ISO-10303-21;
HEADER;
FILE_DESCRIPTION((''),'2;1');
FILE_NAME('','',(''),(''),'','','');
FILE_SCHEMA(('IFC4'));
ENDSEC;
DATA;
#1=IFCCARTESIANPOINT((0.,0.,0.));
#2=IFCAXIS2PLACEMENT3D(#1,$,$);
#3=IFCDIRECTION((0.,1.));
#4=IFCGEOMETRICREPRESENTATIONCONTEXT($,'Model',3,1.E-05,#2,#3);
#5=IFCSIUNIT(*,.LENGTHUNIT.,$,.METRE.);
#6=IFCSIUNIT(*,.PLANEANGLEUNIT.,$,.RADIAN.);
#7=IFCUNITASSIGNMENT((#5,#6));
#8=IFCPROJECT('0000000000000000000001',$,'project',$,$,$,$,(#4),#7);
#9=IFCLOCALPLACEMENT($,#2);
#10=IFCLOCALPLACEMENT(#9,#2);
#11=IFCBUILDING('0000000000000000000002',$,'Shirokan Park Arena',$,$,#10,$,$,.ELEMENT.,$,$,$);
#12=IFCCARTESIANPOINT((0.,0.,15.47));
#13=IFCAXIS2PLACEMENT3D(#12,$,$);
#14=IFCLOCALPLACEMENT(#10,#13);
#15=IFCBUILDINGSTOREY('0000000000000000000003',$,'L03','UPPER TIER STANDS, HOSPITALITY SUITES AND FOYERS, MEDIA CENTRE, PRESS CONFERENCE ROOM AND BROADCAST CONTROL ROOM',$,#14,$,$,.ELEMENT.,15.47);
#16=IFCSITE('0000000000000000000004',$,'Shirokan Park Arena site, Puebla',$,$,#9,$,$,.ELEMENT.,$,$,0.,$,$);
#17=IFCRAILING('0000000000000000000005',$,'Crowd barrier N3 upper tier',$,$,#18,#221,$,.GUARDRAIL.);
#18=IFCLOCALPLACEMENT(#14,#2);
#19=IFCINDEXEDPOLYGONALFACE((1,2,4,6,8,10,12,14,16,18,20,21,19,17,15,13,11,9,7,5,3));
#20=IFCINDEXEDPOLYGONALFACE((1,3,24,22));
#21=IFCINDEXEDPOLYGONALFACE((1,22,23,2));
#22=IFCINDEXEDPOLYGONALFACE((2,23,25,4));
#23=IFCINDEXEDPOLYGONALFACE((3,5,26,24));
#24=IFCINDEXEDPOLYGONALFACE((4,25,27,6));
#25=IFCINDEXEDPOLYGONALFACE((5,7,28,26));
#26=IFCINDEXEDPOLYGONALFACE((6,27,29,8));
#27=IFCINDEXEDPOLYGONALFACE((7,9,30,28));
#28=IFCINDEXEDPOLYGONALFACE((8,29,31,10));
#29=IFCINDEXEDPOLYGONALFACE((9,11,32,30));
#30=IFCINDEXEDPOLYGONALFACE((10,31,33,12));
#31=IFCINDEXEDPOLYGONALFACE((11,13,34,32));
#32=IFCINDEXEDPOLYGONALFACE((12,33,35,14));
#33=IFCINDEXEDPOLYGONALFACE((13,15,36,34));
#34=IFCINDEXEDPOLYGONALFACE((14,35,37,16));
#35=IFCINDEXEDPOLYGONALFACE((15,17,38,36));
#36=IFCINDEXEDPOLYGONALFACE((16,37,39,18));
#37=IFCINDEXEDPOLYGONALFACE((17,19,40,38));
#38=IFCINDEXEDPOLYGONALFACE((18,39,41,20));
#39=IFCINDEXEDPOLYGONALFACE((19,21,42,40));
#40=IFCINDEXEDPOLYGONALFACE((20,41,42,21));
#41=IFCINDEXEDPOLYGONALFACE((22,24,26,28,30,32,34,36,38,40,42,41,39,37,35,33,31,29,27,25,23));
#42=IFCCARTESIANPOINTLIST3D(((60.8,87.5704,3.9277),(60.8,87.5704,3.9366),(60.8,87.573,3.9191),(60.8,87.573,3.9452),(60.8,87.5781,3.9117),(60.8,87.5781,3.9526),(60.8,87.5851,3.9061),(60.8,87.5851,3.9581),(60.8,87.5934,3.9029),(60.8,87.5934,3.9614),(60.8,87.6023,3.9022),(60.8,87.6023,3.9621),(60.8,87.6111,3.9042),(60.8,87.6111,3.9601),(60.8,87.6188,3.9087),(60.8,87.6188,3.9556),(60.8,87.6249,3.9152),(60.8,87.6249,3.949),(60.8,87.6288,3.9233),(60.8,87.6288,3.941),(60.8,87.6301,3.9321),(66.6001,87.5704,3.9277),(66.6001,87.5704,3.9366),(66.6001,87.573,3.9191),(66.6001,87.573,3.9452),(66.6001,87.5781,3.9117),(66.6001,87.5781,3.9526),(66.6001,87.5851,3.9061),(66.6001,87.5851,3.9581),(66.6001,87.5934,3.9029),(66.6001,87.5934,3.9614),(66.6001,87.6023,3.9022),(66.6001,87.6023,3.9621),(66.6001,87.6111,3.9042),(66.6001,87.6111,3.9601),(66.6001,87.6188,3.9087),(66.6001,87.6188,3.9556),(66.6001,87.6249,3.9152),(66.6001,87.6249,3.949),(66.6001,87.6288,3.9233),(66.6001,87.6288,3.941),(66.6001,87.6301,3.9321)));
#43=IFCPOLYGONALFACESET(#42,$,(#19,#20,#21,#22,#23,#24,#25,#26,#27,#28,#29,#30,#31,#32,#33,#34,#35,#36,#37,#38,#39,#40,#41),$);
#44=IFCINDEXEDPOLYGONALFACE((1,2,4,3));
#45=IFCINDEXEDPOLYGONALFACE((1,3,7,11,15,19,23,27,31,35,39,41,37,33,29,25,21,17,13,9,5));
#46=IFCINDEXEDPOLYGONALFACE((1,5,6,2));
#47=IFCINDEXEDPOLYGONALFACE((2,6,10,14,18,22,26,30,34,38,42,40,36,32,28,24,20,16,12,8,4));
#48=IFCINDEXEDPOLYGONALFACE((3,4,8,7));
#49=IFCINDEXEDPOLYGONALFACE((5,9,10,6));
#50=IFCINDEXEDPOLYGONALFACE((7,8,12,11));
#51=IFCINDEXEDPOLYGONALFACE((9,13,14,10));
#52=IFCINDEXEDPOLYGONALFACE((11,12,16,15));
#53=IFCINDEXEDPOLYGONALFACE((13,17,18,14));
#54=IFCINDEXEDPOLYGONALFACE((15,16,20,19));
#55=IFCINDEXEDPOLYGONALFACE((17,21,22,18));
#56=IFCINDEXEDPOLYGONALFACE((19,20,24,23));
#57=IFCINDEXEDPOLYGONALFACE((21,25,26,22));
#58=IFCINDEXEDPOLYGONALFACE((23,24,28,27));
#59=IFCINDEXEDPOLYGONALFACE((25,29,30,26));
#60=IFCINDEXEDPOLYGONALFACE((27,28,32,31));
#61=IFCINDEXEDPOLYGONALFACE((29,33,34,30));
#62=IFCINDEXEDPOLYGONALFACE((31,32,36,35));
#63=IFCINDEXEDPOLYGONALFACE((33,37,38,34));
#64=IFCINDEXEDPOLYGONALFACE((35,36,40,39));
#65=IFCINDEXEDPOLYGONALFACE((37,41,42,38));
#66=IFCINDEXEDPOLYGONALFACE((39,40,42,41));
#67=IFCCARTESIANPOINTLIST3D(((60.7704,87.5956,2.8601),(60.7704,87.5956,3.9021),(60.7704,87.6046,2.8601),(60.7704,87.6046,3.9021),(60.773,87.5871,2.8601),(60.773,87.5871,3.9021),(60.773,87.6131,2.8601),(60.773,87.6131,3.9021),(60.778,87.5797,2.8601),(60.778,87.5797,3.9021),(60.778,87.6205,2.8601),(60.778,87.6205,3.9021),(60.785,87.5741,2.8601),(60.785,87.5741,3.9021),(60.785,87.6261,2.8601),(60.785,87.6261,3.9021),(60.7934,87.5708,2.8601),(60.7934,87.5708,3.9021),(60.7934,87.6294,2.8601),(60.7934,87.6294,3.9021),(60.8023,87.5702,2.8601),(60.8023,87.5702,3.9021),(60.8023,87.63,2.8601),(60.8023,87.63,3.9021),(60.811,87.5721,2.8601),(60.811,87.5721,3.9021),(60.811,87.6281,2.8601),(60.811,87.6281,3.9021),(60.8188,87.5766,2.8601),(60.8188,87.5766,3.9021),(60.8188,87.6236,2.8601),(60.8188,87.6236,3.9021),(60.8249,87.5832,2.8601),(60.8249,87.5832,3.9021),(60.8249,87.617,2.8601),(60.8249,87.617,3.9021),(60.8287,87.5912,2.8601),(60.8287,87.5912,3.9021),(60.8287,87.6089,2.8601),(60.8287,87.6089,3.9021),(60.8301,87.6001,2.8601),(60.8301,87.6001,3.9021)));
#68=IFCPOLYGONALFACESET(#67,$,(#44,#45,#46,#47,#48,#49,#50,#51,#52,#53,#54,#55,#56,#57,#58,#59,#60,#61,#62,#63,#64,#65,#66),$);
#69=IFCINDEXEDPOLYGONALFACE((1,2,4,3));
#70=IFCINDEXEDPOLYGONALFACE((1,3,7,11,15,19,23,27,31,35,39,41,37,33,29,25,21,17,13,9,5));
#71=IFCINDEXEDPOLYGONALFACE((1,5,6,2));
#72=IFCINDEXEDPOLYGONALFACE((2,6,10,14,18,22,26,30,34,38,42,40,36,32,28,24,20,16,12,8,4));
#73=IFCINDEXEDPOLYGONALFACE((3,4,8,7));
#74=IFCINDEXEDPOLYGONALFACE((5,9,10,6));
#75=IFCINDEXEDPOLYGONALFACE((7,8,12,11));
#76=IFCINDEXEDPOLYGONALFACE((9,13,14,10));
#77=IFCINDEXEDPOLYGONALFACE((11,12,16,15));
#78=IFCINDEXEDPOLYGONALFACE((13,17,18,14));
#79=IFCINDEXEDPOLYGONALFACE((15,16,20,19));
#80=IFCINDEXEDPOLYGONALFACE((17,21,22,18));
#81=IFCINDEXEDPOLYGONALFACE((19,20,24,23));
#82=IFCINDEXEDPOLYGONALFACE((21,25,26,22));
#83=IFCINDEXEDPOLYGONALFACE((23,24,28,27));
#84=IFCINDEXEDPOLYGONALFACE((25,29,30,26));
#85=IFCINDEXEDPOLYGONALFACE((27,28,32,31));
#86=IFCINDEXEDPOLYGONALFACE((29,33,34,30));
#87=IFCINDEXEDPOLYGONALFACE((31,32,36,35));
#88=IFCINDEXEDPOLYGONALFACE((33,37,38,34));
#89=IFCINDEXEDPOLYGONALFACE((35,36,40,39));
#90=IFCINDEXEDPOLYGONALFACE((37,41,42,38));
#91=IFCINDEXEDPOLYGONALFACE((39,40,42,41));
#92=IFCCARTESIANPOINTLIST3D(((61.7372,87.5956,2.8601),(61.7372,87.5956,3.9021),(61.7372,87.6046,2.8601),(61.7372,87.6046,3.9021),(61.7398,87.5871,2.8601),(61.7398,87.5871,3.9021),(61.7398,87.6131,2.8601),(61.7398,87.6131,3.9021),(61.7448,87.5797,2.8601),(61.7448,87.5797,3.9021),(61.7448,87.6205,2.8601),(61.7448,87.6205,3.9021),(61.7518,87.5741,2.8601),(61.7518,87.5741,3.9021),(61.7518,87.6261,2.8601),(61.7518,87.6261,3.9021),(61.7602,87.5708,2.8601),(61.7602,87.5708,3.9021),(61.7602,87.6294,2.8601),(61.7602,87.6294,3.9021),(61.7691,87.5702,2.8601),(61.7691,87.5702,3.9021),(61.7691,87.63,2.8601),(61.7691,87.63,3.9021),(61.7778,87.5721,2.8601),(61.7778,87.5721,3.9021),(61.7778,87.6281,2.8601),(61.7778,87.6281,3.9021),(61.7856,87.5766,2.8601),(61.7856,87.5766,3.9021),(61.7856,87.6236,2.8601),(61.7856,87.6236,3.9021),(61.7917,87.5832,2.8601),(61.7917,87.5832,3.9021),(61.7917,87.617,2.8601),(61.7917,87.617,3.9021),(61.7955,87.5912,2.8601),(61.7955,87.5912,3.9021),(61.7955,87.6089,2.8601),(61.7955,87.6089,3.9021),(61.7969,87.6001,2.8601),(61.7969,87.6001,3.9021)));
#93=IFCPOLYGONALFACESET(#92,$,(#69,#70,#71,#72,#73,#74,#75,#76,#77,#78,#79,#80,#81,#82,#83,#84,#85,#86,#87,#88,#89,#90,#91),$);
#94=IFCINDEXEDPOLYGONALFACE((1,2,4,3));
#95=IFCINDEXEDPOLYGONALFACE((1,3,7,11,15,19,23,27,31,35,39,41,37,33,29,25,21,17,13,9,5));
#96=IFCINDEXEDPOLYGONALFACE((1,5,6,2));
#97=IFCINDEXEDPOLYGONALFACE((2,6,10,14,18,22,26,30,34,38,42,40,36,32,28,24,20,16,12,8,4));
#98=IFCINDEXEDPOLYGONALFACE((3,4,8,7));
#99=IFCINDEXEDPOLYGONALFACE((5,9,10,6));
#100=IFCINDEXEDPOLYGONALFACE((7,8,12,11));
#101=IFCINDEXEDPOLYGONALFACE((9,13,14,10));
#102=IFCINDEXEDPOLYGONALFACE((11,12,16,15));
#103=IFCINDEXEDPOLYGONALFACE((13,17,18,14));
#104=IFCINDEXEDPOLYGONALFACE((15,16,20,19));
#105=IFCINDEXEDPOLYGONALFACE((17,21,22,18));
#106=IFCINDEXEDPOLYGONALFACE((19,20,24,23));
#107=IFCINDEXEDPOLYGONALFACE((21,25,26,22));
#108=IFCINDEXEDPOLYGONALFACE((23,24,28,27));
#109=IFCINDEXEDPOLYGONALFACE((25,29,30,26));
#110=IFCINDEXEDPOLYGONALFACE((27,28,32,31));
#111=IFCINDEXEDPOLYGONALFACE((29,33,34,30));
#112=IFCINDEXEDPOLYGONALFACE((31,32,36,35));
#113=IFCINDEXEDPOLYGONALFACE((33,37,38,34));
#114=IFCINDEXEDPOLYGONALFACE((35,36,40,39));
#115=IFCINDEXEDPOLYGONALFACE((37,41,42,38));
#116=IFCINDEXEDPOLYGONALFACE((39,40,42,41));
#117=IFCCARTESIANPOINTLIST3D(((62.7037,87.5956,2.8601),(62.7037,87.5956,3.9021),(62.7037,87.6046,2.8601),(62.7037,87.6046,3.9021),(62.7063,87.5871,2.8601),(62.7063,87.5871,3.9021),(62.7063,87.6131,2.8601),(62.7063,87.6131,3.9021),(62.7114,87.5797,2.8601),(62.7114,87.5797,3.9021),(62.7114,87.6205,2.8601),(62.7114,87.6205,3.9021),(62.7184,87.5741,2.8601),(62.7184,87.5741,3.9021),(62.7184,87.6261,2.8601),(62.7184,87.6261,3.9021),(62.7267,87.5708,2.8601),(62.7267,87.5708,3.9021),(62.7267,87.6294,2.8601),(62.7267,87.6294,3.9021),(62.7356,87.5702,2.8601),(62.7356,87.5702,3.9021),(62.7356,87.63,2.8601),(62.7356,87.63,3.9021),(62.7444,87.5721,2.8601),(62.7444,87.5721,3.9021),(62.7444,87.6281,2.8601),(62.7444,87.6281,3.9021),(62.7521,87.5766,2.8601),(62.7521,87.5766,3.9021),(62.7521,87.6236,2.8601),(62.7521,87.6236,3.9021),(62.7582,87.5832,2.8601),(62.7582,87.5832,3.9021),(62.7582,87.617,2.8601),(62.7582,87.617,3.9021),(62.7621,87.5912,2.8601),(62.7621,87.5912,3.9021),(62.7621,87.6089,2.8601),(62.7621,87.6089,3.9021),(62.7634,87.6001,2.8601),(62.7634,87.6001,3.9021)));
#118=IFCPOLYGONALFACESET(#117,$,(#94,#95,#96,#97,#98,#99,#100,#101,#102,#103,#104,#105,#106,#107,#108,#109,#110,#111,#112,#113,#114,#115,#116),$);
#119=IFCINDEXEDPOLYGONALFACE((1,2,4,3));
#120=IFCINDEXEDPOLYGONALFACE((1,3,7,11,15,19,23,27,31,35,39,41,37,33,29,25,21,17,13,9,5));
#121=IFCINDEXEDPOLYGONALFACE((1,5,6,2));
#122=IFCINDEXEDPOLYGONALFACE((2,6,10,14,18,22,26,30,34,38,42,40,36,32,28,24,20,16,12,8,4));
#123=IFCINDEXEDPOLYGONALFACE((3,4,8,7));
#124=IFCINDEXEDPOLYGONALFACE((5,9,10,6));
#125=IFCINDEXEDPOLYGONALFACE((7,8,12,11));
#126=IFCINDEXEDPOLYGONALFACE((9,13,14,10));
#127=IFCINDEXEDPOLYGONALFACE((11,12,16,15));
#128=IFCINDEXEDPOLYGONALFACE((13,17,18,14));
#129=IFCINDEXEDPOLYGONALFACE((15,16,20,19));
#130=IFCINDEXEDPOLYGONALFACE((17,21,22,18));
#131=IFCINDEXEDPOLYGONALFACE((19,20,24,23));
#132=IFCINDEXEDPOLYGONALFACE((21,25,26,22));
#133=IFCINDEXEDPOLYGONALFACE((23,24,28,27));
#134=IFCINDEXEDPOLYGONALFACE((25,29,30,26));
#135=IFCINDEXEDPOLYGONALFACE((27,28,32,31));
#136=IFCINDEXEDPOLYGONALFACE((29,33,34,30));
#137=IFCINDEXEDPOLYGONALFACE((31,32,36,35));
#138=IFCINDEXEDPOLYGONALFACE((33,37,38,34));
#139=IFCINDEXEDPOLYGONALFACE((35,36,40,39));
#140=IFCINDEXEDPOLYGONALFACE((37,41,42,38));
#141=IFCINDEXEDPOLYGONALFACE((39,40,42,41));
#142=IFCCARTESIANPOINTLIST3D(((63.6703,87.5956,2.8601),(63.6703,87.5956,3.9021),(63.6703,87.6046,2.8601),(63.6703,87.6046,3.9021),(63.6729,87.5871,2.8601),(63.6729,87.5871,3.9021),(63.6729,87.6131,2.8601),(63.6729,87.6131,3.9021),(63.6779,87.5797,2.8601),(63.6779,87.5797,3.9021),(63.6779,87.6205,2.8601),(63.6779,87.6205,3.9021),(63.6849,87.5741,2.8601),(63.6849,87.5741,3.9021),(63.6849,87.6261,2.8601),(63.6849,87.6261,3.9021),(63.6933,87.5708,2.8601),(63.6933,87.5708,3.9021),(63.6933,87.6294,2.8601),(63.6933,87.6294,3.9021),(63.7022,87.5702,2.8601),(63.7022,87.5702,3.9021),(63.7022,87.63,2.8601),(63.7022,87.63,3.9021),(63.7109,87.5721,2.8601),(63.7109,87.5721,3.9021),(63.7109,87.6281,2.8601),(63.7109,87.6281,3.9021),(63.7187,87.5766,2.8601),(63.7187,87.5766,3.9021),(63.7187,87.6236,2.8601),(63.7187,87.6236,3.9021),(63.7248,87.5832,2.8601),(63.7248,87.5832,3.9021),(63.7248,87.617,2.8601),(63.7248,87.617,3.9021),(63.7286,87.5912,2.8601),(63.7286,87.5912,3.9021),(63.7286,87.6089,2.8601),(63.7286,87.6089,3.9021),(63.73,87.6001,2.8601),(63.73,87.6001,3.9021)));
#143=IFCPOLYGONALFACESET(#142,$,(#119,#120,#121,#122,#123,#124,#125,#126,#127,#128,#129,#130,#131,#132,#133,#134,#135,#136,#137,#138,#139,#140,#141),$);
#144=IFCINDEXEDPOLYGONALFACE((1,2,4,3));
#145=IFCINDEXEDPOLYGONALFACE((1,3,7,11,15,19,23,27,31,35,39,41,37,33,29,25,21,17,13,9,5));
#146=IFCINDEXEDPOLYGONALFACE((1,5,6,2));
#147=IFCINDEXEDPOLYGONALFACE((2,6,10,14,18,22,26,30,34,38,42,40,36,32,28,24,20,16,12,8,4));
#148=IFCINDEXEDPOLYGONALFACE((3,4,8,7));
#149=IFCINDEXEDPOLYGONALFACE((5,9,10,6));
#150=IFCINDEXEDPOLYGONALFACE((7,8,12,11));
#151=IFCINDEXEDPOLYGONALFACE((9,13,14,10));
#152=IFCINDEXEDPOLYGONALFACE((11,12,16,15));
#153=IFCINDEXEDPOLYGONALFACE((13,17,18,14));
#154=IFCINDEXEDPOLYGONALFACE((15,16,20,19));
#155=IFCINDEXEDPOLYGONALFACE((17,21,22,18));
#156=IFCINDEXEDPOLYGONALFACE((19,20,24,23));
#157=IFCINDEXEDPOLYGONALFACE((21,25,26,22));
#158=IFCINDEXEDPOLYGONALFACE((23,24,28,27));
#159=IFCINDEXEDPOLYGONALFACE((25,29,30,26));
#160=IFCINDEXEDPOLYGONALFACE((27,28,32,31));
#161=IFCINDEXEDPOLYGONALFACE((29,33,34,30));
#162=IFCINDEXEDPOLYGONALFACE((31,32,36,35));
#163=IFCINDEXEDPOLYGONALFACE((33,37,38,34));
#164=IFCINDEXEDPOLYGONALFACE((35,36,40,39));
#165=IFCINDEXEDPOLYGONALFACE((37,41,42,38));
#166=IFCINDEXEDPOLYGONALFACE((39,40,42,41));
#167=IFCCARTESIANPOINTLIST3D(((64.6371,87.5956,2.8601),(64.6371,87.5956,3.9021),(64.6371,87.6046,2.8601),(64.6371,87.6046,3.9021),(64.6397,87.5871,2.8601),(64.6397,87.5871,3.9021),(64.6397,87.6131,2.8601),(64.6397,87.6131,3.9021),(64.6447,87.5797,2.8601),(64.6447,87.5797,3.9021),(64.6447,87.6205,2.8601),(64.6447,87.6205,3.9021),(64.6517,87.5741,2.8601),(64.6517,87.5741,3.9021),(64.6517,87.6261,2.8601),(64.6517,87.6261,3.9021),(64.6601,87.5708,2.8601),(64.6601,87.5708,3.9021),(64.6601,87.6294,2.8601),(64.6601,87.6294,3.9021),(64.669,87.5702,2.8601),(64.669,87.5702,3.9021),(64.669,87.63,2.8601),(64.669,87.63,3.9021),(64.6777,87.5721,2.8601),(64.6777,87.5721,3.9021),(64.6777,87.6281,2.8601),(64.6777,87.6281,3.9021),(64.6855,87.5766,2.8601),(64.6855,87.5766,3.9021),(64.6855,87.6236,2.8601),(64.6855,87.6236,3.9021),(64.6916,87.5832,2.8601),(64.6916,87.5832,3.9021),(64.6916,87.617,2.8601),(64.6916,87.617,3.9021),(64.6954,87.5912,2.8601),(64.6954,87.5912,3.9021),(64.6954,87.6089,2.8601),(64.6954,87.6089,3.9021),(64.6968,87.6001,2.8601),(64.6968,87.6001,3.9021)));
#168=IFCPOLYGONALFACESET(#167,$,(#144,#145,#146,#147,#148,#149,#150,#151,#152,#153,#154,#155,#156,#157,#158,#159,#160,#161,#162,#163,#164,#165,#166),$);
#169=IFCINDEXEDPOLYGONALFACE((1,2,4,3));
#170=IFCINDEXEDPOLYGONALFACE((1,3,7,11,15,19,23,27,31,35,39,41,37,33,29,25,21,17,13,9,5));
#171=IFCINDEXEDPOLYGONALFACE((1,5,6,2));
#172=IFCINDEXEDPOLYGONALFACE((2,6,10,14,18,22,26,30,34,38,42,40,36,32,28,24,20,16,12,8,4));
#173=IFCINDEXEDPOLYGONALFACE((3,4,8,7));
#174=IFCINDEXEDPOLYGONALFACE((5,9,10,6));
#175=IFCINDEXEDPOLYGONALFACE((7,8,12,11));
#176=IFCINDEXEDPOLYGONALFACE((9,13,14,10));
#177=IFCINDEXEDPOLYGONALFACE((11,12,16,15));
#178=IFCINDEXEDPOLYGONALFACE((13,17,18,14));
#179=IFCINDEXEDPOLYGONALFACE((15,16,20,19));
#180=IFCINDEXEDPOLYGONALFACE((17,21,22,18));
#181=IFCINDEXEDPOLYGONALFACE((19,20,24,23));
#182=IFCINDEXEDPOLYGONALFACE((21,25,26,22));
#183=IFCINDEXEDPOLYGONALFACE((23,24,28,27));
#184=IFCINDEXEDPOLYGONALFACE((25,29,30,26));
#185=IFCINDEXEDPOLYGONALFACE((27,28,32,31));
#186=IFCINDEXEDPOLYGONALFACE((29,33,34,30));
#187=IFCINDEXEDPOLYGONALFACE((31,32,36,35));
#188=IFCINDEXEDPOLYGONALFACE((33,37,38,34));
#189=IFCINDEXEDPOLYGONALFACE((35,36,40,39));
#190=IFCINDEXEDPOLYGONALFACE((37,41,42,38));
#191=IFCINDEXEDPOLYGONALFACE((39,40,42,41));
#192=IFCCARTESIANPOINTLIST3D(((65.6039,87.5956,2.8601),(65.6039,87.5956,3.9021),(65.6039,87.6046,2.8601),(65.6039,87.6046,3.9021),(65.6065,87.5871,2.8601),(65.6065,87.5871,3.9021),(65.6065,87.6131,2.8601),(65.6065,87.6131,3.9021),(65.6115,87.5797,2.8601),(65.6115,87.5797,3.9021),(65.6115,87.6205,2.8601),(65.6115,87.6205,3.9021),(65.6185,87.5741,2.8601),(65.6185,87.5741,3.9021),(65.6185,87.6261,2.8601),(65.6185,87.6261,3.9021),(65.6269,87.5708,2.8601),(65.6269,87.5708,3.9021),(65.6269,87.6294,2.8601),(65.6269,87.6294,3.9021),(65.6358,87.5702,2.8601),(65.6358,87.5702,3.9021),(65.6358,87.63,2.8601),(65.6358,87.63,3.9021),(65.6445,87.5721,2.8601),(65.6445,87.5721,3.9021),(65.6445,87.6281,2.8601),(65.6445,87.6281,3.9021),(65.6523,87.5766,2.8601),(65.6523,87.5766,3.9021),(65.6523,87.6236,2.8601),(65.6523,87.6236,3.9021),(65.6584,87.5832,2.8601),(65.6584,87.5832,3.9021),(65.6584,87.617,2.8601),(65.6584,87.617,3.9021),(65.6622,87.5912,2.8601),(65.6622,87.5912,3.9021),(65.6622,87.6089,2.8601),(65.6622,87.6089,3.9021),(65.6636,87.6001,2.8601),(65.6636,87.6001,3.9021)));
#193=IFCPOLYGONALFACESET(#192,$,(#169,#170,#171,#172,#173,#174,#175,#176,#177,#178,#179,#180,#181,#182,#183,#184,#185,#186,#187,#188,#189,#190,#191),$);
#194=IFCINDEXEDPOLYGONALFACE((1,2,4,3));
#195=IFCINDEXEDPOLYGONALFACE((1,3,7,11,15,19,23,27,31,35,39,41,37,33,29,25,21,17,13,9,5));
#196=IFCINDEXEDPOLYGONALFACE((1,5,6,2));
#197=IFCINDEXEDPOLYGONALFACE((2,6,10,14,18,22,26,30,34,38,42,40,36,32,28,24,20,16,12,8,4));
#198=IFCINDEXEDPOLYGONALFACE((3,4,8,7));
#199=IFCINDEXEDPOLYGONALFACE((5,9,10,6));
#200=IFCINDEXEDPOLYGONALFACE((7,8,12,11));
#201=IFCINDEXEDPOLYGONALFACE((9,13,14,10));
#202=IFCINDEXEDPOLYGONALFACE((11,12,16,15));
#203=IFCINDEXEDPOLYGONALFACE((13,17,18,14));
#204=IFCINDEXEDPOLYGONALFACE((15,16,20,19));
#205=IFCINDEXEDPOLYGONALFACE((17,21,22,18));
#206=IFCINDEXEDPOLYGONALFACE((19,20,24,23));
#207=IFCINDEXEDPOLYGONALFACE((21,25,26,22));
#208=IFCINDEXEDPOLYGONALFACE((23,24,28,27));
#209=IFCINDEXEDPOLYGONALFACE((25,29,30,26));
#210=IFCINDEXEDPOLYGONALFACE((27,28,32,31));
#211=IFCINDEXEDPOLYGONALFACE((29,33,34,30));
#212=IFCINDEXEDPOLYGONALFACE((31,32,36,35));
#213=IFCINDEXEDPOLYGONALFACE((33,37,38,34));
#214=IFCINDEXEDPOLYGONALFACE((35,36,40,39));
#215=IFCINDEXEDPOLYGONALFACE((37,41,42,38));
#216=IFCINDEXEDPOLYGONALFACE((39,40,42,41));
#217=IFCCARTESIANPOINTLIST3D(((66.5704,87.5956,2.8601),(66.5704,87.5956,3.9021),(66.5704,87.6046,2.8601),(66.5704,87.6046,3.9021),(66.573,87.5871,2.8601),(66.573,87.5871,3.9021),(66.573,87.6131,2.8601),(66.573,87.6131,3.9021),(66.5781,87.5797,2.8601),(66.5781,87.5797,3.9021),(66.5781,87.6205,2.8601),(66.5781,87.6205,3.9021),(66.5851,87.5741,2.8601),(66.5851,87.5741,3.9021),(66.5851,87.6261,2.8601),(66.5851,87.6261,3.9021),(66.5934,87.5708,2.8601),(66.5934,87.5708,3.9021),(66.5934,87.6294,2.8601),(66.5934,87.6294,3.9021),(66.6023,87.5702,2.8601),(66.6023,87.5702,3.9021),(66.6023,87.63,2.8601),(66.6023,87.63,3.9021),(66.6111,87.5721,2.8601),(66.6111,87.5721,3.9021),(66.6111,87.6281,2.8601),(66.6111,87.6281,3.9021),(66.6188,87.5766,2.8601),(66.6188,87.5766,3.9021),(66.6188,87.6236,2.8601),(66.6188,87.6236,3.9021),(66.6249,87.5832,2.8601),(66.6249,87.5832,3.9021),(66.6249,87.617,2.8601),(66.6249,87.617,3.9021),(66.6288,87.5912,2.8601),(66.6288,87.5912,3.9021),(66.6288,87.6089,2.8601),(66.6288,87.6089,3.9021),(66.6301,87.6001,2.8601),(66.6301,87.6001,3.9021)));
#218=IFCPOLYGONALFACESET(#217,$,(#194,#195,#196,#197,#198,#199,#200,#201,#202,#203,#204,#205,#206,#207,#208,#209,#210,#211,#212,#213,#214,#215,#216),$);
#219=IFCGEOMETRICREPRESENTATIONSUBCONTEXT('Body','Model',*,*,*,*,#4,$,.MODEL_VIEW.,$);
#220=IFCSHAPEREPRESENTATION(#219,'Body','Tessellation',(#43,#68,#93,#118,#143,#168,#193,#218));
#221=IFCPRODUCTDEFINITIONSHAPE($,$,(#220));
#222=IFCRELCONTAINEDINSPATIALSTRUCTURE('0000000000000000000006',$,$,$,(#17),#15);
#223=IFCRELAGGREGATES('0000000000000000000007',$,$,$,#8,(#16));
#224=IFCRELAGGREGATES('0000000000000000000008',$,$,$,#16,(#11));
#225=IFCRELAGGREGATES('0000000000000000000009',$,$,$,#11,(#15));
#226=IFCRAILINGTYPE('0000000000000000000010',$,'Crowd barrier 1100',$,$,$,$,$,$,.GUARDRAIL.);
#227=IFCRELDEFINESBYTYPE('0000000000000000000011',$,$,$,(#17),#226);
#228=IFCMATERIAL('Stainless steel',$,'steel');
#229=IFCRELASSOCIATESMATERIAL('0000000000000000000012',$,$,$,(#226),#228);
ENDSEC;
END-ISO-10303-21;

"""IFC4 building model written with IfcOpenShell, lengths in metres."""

from ifc_helpers import new_model, si_unit, direction, frame, origin, origin_2d, place, context, subcontext, project, spatial, circle, extrude, material, type_object, element, save


model = new_model("IFC4")

# Units and contexts
model_context = context("Model", 3, precision=1e-05, world=origin(), true_north=direction((0.0, 1.0)))
body_context = subcontext(model_context, "Body", "Model", "MODEL_VIEW")
ifc_project = project(units=[si_unit("LENGTHUNIT", "METRE"), si_unit("PLANEANGLEUNIT", "RADIAN")], contexts=[model_context])

# Site, building, storey
site_placement = place(None, origin())
site = spatial("IfcSite", under=ifc_project, at=site_placement, Name="Shirokan Park Arena site, Puebla", CompositionType="ELEMENT", RefElevation=0.0)
building_placement = place(site_placement, origin())
building = spatial("IfcBuilding", under=site, at=building_placement, Name="Shirokan Park Arena", CompositionType="ELEMENT")
storey_placement = place(building_placement, frame((0.0, 0.0, 15.47)))
storey = spatial("IfcBuildingStorey", under=building, at=storey_placement, Name="L03", Description="UPPER TIER STANDS, HOSPITALITY SUITES AND FOYERS, MEDIA CENTRE, PRESS CONFERENCE ROOM AND BROADCAST CONTROL ROOM", CompositionType="ELEMENT", Elevation=15.47)

# Railing
ifc_material_1 = material(Name="Stainless steel", Category="steel")
railing_type_1 = type_object("IfcRailingType", Name="Crowd barrier 1100", PredefinedType="GUARDRAIL", material=ifc_material_1)
railing_1_placement = place(storey_placement, frame((60.8, 87.6001, 2.8601)))
element("IfcRailing", 1, at=railing_1_placement, inside=storey, type_object=railing_type_1, Name="Crowd barrier N3 upper tier", PredefinedType="GUARDRAIL", context=body_context, shape_type="SweptSolid", body=[
    extrude(circle(Radius=0.03, at=origin_2d()), frame((0.0, 0.0, 1.072), z_axis=(1.0, 0.0, 0.0), x_axis=(0.0, 1.0, 0.0)), (0.0, 0.0, 1.0), 5.8),
    extrude(circle(Radius=0.03, at=origin_2d()), origin(), (0.0, 0.0, 1.0), 1.042),
    extrude(circle(Radius=0.03, at=origin_2d()), frame((0.9668, 0.0, 0.0)), (0.0, 0.0, 1.0), 1.042),
    extrude(circle(Radius=0.03, at=origin_2d()), frame((1.9333, 0.0, 0.0)), (0.0, 0.0, 1.0), 1.042),
    extrude(circle(Radius=0.03, at=origin_2d()), frame((2.8999, 0.0, 0.0)), (0.0, 0.0, 1.0), 1.042),
    extrude(circle(Radius=0.03, at=origin_2d()), frame((3.8667, 0.0, 0.0)), (0.0, 0.0, 1.0), 1.042),
    extrude(circle(Radius=0.03, at=origin_2d()), frame((4.8335, 0.0, 0.0)), (0.0, 0.0, 1.0), 1.042),
    extrude(circle(Radius=0.03, at=origin_2d()), frame((5.8, 0.0, 0.0)), (0.0, 0.0, 1.0), 1.042),
])

save(model, "model.ifc")
